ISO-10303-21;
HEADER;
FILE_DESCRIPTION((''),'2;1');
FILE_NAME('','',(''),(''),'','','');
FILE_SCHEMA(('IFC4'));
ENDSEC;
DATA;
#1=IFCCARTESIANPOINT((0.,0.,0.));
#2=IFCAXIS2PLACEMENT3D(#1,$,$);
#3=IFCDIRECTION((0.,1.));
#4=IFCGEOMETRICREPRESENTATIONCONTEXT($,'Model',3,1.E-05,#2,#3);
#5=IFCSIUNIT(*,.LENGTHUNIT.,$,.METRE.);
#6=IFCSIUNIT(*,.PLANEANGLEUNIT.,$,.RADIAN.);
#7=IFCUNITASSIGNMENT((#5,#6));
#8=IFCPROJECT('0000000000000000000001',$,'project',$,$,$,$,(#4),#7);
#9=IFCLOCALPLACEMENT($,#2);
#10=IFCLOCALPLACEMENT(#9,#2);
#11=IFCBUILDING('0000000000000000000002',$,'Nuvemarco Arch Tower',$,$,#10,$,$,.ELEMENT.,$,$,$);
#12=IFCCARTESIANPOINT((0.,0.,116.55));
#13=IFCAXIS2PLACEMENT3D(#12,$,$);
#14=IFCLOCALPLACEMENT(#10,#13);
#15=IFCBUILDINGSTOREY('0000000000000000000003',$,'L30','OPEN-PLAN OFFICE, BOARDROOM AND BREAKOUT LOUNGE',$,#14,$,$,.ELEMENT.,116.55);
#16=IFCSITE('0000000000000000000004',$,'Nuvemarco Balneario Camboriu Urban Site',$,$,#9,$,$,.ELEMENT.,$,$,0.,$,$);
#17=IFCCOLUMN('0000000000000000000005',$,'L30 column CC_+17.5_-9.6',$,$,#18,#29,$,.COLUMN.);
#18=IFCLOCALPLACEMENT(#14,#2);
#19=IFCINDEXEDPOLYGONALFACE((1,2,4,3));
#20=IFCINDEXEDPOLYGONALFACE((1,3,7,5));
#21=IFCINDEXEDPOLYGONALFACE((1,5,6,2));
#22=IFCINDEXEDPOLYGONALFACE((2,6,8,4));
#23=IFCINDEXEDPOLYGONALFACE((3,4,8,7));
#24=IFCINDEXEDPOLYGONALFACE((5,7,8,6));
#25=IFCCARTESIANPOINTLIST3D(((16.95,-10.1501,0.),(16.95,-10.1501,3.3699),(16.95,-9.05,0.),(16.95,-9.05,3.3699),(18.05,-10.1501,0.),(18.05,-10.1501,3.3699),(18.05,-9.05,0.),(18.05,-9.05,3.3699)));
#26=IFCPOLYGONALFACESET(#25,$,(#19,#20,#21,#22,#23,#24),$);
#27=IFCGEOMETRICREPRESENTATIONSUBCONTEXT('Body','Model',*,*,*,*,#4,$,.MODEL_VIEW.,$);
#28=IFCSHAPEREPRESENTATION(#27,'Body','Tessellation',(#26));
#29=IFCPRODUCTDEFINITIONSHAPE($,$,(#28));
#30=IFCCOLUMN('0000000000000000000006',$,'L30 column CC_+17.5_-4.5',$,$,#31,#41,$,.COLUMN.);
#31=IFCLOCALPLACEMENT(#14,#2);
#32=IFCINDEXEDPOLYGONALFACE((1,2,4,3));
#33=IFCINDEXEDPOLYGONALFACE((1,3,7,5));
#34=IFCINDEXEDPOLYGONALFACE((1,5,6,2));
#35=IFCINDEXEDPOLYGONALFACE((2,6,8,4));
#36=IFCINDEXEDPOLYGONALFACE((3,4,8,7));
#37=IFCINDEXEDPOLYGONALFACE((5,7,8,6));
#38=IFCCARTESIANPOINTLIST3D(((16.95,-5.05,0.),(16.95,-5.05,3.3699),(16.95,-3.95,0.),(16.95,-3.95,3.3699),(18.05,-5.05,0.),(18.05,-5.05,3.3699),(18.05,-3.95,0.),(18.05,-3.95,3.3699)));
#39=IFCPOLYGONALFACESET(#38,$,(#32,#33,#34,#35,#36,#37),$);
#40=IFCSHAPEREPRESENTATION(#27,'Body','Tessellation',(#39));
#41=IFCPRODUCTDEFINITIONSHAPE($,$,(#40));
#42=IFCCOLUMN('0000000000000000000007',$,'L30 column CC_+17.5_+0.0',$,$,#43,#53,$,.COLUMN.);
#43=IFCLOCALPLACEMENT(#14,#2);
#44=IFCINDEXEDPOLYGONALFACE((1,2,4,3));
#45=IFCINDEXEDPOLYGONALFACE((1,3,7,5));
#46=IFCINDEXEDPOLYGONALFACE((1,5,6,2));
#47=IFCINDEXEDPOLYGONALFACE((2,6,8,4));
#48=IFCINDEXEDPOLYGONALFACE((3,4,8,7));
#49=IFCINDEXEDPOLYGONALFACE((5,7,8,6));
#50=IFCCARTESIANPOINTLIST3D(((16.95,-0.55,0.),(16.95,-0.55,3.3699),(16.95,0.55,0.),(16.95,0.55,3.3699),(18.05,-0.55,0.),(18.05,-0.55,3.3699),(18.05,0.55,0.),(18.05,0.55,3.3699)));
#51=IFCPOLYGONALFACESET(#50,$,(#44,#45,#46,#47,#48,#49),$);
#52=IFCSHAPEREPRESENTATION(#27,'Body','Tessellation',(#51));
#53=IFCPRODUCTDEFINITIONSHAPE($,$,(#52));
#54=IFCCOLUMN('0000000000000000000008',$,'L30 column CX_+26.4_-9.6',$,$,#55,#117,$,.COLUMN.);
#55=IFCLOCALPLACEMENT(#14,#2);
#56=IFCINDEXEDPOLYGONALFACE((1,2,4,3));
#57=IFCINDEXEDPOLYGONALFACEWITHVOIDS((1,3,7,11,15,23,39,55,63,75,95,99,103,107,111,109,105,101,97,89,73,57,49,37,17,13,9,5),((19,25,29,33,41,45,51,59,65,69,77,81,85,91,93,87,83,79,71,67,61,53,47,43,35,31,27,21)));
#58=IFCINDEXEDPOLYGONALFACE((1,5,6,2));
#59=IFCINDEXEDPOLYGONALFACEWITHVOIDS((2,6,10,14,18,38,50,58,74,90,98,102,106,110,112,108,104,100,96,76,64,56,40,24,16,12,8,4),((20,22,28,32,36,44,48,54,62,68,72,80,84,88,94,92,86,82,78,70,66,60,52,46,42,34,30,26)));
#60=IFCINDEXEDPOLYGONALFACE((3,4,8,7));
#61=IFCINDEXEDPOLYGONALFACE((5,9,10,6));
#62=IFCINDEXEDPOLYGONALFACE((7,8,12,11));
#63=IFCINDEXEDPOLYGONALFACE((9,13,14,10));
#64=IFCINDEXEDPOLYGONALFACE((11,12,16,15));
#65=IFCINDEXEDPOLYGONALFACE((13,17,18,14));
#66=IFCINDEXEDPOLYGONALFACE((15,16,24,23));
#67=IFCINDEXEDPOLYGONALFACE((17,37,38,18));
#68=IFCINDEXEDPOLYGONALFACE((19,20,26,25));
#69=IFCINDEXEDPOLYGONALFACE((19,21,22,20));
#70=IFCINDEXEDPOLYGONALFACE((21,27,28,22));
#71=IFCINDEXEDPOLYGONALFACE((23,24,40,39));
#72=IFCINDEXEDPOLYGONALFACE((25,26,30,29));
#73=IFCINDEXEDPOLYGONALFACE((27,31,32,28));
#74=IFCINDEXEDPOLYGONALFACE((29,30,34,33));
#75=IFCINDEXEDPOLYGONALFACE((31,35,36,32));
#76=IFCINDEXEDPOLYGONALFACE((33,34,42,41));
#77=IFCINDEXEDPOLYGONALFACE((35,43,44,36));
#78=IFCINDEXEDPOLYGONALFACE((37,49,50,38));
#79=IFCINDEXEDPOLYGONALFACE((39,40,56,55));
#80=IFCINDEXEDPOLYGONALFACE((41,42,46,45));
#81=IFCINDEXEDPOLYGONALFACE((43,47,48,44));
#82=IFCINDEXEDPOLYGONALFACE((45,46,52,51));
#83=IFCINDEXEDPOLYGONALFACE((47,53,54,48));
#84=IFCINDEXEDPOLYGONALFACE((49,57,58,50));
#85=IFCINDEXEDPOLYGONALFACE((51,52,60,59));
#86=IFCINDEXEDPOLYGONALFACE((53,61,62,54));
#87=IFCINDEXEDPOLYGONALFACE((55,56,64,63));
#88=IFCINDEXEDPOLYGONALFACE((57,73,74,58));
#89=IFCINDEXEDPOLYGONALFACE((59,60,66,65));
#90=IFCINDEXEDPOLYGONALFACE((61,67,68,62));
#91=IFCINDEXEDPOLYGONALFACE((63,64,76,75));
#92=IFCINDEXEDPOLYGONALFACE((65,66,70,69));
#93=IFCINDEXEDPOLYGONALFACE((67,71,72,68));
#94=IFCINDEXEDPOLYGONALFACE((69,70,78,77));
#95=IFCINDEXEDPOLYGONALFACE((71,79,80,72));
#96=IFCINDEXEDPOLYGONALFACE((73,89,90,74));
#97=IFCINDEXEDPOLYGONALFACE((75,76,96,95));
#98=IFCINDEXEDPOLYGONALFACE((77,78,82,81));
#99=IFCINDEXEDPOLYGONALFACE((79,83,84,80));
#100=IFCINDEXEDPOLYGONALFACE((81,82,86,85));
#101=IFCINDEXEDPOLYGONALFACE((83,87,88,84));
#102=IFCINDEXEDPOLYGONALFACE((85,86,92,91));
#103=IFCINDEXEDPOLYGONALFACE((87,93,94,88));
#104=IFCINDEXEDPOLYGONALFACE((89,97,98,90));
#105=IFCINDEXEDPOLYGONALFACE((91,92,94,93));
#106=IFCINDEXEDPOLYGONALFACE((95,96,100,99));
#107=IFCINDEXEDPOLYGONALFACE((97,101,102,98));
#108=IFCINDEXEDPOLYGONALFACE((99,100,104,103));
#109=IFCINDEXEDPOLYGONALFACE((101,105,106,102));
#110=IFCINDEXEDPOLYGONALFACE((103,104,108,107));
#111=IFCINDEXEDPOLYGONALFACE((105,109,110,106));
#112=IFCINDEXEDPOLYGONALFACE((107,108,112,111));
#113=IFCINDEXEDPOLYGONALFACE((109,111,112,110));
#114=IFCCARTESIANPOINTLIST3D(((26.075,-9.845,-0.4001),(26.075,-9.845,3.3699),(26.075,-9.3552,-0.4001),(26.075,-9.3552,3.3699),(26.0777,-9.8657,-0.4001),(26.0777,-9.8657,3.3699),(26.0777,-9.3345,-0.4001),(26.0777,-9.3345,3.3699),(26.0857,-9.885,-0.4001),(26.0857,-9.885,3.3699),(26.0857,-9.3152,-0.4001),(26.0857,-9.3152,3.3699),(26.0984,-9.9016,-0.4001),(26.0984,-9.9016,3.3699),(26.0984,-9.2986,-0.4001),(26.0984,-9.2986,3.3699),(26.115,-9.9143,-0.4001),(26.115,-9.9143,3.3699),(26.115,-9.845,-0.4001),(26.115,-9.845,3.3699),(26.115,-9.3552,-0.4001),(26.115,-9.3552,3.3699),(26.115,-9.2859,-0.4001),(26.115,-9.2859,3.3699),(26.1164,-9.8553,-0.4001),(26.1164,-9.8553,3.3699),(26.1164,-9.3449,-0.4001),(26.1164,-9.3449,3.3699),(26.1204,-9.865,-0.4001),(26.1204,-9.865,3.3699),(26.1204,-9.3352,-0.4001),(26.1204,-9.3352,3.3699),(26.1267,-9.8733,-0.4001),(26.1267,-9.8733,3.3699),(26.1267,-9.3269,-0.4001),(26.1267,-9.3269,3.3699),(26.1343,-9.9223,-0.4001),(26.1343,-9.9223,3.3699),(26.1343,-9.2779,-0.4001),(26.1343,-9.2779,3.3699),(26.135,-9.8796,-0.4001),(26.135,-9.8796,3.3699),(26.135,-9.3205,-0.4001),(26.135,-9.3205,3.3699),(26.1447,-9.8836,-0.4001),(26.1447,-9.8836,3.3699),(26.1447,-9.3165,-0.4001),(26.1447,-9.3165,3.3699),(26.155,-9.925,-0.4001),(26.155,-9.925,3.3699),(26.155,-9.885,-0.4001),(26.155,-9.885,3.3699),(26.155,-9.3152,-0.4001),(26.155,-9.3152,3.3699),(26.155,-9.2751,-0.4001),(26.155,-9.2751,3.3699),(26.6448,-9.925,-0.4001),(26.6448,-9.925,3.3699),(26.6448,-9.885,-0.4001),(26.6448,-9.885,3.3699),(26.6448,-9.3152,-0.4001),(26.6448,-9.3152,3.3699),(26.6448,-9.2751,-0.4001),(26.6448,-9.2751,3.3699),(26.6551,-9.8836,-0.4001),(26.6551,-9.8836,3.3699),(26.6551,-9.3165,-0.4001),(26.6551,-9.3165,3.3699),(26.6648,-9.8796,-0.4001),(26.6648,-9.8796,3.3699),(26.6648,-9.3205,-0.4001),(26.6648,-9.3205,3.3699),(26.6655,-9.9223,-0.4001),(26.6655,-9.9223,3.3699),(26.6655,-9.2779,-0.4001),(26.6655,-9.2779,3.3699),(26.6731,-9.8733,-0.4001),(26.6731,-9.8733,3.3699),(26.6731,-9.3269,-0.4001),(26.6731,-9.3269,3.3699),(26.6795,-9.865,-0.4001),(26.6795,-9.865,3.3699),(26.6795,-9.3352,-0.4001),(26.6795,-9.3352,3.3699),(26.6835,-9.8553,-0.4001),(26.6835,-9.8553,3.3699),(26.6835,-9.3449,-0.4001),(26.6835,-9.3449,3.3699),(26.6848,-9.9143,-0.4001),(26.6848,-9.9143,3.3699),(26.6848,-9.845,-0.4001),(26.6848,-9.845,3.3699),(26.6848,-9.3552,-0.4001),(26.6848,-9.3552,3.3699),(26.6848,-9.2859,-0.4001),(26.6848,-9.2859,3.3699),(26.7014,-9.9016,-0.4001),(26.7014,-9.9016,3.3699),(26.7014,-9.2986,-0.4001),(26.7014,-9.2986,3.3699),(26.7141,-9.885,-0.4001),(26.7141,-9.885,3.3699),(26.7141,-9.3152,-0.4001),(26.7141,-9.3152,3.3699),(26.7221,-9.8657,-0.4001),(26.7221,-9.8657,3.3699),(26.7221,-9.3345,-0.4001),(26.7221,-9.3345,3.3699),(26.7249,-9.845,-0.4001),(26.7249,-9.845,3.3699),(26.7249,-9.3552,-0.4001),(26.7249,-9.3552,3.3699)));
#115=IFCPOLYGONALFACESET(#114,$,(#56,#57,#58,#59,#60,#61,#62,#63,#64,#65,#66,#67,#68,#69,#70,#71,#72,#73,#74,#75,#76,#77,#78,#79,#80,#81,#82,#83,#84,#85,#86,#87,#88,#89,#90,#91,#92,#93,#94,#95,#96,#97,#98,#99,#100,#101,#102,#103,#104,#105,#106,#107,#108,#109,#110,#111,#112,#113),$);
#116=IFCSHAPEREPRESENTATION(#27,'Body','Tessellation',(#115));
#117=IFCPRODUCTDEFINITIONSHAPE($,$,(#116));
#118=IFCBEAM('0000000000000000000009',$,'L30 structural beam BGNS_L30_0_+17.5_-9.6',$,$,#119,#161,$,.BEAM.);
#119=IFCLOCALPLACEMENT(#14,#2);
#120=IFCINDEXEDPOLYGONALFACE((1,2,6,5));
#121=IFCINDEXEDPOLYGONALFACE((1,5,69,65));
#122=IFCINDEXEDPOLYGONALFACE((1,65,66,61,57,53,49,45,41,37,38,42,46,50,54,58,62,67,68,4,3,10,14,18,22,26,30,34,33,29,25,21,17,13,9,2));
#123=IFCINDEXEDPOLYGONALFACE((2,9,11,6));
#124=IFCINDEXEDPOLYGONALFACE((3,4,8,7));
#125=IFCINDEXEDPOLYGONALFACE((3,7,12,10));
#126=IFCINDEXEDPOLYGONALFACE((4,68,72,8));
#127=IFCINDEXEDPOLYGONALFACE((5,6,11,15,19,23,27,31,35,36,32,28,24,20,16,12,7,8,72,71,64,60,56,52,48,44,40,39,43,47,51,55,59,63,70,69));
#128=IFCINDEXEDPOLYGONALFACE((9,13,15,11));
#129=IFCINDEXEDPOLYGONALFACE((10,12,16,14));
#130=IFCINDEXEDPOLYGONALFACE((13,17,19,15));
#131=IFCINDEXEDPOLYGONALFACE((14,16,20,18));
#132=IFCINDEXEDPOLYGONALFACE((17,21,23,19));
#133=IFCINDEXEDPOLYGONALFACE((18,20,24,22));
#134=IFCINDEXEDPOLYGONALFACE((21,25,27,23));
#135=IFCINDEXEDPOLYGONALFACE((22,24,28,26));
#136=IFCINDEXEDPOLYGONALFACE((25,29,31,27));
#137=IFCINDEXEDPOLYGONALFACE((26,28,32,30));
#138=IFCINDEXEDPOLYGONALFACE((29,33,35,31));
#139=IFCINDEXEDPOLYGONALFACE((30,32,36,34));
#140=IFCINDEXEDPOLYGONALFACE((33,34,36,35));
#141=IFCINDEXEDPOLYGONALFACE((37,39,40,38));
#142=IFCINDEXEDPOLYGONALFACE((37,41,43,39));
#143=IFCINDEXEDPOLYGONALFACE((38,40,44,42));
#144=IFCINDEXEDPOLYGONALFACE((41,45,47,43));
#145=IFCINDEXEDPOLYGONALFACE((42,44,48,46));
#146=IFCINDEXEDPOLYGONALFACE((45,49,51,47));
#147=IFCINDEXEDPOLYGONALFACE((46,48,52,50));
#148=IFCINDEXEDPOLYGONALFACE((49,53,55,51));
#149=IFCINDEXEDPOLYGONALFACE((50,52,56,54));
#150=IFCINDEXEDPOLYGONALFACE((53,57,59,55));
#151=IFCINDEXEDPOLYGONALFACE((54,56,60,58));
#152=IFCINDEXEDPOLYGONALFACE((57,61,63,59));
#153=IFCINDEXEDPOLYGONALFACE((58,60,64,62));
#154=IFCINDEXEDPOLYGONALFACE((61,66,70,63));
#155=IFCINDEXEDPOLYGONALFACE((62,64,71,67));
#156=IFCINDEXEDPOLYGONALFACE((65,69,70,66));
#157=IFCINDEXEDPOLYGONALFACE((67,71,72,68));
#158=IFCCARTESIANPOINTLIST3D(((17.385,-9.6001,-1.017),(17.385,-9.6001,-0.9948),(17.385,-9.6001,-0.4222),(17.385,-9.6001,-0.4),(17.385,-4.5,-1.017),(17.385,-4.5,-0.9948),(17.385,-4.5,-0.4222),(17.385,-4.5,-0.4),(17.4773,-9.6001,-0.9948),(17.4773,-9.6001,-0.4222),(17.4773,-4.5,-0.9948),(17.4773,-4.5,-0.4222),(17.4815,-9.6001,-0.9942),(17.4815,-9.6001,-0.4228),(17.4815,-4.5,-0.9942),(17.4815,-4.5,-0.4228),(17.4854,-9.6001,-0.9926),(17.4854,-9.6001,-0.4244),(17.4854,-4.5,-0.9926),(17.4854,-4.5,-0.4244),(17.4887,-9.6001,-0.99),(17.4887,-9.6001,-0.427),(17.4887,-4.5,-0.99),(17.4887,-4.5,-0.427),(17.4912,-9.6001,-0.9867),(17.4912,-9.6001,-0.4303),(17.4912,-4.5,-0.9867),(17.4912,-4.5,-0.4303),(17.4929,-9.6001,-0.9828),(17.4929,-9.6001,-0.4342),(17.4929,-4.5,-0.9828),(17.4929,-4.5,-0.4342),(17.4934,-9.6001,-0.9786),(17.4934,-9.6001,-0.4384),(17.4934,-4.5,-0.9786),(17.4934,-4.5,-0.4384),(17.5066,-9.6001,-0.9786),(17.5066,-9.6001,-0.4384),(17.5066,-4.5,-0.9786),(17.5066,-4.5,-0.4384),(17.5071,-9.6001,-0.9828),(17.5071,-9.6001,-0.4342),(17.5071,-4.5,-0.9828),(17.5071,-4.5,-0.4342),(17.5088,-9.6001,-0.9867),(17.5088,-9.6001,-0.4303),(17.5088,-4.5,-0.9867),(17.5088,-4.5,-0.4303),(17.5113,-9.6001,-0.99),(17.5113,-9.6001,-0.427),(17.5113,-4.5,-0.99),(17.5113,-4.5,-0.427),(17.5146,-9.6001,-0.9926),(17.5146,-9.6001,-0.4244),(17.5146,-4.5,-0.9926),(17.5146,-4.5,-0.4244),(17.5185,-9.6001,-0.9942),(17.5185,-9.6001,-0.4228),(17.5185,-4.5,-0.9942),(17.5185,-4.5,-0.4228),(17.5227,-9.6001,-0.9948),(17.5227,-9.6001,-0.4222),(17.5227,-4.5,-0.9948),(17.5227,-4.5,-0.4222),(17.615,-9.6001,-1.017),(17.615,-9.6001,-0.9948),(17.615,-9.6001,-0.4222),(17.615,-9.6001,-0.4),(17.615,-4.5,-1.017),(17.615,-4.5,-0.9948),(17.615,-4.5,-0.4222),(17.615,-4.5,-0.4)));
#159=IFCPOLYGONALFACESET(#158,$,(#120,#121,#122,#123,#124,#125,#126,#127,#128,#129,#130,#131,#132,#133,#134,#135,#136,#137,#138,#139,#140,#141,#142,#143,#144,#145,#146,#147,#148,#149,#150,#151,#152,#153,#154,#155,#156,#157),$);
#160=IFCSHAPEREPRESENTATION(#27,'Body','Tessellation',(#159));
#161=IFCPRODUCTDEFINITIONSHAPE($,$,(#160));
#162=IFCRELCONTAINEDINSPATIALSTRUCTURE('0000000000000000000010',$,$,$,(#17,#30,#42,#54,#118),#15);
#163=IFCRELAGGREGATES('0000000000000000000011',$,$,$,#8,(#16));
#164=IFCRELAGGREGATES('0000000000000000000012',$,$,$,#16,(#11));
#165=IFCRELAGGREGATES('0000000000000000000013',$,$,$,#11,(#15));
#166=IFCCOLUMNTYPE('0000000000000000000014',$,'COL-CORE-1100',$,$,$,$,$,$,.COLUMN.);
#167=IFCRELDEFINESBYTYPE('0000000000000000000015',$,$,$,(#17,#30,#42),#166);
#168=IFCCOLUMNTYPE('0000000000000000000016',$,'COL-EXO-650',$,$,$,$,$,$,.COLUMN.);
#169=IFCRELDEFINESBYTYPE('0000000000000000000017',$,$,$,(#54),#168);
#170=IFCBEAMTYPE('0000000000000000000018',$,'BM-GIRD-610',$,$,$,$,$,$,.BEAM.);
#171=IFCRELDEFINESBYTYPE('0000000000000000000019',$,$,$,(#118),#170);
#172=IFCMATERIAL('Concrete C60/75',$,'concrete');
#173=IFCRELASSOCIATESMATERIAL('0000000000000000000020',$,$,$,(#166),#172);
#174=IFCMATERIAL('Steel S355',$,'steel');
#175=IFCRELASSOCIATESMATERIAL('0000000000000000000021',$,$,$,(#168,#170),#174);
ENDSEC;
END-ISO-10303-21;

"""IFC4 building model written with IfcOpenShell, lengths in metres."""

from ifc_helpers import new_model, si_unit, direction, frame, origin, origin_2d, place, context, subcontext, project, spatial, rectangle, hollow_rectangle, i_section, extrude, material, material_profile, profile_set, type_object, element, save


model = new_model("IFC4")

# Units and contexts
model_context = context("Model", 3, precision=1e-05, world=origin(), true_north=direction((0.0, 1.0)))
body_context = subcontext(model_context, "Body", "Model", "MODEL_VIEW")
ifc_project = project(units=[si_unit("LENGTHUNIT", "METRE"), si_unit("PLANEANGLEUNIT", "RADIAN")], contexts=[model_context])

# Site, building, storey
site_placement = place(None, origin())
site = spatial("IfcSite", under=ifc_project, at=site_placement, Name="Nuvemarco Balneario Camboriu Urban Site", CompositionType="ELEMENT", RefElevation=0.0)
building_placement = place(site_placement, origin())
building = spatial("IfcBuilding", under=site, at=building_placement, Name="Nuvemarco Arch Tower", CompositionType="ELEMENT")
storey_placement = place(building_placement, frame((0.0, 0.0, 116.55)))
storey = spatial("IfcBuildingStorey", under=building, at=storey_placement, Name="L30", Description="OPEN-PLAN OFFICE, BOARDROOM AND BREAKOUT LOUNGE", CompositionType="ELEMENT", Elevation=116.55)

# Columns
ifc_material_1 = material(Name="Concrete C60/75", Category="concrete")
ifc_material_profile_1 = material_profile(ifc_material_1, rectangle(XDim=1.1001, YDim=1.1001, at=origin_2d()), Name="RC-COL-1100x1100")
ifc_profile_set_1 = profile_set([ifc_material_profile_1], Name="Concrete C60/75")
column_type_1 = type_object("IfcColumnType", Name="COL-CORE-1100", PredefinedType="COLUMN", material=ifc_profile_set_1)
for number, where, z_axis, x_axis, name in (
    (1, (17.5, -9.6001, 0.0), (0.0, 0.0, 1.0), (1.0, 0.0, 0.0), "L30 column CC_+17.5_-9.6"),
    (2, (17.5, -4.5, 0.0), (0.0, 0.0, 1.0), (1.0, 0.0, 0.0), "L30 column CC_+17.5_-4.5"),
    (3, (17.5, 0.0, 0.0), (0.0, 0.0, 1.0), (1.0, 0.0, 0.0), "L30 column CC_+17.5_+0.0"),
):
    element("IfcColumn", number, at=place(storey_placement, frame(where, z_axis=z_axis, x_axis=x_axis)), inside=storey, type_object=column_type_1, Name=name, PredefinedType="COLUMN", context=body_context, shape_type="SweptSolid", body=[
        extrude(rectangle(XDim=1.1001, YDim=1.1001, at=origin_2d()), origin(), (0.0, 0.0, 1.0), 3.3699),
    ])
ifc_material_2 = material(Name="Steel S355", Category="steel")
ifc_material_profile_2 = material_profile(ifc_material_2, hollow_rectangle(XDim=0.6499, YDim=0.6499, WallThickness=0.04, InnerFilletRadius=0.04, OuterFilletRadius=0.0801, at=origin_2d()), Name="SHS650x650x40")
ifc_profile_set_2 = profile_set([ifc_material_profile_2], Name="Steel S355")
column_type_2 = type_object("IfcColumnType", Name="COL-EXO-650", PredefinedType="COLUMN", material=ifc_profile_set_2)
column_placement = place(storey_placement, frame((26.3999, -9.6001, -0.4001), z_axis=(0.0, 0.0, 1.0), x_axis=(1.0, 0.0, 0.0)))
element("IfcColumn", 4, at=column_placement, inside=storey, type_object=column_type_2, Name="L30 column CX_+26.4_-9.6", PredefinedType="COLUMN", context=body_context, shape_type="SweptSolid", body=[
    extrude(hollow_rectangle(XDim=0.6499, YDim=0.6499, WallThickness=0.04, InnerFilletRadius=0.04, OuterFilletRadius=0.0801, at=origin_2d()), origin(), (0.0, 0.0, 1.0), 3.77),
])

# Beam
ifc_material_profile_3 = material_profile(ifc_material_2, i_section(OverallWidth=0.23, OverallDepth=0.6169, WebThickness=0.0132, FlangeThickness=0.0222, FilletRadius=0.0161, at=origin_2d()), Name="W610x140")
ifc_profile_set_3 = profile_set([ifc_material_profile_3], Name="Steel S355")
beam_type_1 = type_object("IfcBeamType", Name="BM-GIRD-610", PredefinedType="BEAM", material=ifc_profile_set_3)
beam_1_placement = place(storey_placement, frame((17.5, -9.6001, -0.7085), z_axis=(0.0, 1.0, 0.0), x_axis=(-1.0, 0.0, 0.0)))
element("IfcBeam", 5, at=beam_1_placement, inside=storey, type_object=beam_type_1, Name="L30 structural beam BGNS_L30_0_+17.5_-9.6", PredefinedType="BEAM", context=body_context, shape_type="SweptSolid", body=[
    extrude(i_section(OverallWidth=0.23, OverallDepth=0.6169, WebThickness=0.0132, FlangeThickness=0.0222, FilletRadius=0.0161, at=origin_2d()), origin(), (0.0, 0.0, 1.0), 5.1001),
])

save(model, "model.ifc")
